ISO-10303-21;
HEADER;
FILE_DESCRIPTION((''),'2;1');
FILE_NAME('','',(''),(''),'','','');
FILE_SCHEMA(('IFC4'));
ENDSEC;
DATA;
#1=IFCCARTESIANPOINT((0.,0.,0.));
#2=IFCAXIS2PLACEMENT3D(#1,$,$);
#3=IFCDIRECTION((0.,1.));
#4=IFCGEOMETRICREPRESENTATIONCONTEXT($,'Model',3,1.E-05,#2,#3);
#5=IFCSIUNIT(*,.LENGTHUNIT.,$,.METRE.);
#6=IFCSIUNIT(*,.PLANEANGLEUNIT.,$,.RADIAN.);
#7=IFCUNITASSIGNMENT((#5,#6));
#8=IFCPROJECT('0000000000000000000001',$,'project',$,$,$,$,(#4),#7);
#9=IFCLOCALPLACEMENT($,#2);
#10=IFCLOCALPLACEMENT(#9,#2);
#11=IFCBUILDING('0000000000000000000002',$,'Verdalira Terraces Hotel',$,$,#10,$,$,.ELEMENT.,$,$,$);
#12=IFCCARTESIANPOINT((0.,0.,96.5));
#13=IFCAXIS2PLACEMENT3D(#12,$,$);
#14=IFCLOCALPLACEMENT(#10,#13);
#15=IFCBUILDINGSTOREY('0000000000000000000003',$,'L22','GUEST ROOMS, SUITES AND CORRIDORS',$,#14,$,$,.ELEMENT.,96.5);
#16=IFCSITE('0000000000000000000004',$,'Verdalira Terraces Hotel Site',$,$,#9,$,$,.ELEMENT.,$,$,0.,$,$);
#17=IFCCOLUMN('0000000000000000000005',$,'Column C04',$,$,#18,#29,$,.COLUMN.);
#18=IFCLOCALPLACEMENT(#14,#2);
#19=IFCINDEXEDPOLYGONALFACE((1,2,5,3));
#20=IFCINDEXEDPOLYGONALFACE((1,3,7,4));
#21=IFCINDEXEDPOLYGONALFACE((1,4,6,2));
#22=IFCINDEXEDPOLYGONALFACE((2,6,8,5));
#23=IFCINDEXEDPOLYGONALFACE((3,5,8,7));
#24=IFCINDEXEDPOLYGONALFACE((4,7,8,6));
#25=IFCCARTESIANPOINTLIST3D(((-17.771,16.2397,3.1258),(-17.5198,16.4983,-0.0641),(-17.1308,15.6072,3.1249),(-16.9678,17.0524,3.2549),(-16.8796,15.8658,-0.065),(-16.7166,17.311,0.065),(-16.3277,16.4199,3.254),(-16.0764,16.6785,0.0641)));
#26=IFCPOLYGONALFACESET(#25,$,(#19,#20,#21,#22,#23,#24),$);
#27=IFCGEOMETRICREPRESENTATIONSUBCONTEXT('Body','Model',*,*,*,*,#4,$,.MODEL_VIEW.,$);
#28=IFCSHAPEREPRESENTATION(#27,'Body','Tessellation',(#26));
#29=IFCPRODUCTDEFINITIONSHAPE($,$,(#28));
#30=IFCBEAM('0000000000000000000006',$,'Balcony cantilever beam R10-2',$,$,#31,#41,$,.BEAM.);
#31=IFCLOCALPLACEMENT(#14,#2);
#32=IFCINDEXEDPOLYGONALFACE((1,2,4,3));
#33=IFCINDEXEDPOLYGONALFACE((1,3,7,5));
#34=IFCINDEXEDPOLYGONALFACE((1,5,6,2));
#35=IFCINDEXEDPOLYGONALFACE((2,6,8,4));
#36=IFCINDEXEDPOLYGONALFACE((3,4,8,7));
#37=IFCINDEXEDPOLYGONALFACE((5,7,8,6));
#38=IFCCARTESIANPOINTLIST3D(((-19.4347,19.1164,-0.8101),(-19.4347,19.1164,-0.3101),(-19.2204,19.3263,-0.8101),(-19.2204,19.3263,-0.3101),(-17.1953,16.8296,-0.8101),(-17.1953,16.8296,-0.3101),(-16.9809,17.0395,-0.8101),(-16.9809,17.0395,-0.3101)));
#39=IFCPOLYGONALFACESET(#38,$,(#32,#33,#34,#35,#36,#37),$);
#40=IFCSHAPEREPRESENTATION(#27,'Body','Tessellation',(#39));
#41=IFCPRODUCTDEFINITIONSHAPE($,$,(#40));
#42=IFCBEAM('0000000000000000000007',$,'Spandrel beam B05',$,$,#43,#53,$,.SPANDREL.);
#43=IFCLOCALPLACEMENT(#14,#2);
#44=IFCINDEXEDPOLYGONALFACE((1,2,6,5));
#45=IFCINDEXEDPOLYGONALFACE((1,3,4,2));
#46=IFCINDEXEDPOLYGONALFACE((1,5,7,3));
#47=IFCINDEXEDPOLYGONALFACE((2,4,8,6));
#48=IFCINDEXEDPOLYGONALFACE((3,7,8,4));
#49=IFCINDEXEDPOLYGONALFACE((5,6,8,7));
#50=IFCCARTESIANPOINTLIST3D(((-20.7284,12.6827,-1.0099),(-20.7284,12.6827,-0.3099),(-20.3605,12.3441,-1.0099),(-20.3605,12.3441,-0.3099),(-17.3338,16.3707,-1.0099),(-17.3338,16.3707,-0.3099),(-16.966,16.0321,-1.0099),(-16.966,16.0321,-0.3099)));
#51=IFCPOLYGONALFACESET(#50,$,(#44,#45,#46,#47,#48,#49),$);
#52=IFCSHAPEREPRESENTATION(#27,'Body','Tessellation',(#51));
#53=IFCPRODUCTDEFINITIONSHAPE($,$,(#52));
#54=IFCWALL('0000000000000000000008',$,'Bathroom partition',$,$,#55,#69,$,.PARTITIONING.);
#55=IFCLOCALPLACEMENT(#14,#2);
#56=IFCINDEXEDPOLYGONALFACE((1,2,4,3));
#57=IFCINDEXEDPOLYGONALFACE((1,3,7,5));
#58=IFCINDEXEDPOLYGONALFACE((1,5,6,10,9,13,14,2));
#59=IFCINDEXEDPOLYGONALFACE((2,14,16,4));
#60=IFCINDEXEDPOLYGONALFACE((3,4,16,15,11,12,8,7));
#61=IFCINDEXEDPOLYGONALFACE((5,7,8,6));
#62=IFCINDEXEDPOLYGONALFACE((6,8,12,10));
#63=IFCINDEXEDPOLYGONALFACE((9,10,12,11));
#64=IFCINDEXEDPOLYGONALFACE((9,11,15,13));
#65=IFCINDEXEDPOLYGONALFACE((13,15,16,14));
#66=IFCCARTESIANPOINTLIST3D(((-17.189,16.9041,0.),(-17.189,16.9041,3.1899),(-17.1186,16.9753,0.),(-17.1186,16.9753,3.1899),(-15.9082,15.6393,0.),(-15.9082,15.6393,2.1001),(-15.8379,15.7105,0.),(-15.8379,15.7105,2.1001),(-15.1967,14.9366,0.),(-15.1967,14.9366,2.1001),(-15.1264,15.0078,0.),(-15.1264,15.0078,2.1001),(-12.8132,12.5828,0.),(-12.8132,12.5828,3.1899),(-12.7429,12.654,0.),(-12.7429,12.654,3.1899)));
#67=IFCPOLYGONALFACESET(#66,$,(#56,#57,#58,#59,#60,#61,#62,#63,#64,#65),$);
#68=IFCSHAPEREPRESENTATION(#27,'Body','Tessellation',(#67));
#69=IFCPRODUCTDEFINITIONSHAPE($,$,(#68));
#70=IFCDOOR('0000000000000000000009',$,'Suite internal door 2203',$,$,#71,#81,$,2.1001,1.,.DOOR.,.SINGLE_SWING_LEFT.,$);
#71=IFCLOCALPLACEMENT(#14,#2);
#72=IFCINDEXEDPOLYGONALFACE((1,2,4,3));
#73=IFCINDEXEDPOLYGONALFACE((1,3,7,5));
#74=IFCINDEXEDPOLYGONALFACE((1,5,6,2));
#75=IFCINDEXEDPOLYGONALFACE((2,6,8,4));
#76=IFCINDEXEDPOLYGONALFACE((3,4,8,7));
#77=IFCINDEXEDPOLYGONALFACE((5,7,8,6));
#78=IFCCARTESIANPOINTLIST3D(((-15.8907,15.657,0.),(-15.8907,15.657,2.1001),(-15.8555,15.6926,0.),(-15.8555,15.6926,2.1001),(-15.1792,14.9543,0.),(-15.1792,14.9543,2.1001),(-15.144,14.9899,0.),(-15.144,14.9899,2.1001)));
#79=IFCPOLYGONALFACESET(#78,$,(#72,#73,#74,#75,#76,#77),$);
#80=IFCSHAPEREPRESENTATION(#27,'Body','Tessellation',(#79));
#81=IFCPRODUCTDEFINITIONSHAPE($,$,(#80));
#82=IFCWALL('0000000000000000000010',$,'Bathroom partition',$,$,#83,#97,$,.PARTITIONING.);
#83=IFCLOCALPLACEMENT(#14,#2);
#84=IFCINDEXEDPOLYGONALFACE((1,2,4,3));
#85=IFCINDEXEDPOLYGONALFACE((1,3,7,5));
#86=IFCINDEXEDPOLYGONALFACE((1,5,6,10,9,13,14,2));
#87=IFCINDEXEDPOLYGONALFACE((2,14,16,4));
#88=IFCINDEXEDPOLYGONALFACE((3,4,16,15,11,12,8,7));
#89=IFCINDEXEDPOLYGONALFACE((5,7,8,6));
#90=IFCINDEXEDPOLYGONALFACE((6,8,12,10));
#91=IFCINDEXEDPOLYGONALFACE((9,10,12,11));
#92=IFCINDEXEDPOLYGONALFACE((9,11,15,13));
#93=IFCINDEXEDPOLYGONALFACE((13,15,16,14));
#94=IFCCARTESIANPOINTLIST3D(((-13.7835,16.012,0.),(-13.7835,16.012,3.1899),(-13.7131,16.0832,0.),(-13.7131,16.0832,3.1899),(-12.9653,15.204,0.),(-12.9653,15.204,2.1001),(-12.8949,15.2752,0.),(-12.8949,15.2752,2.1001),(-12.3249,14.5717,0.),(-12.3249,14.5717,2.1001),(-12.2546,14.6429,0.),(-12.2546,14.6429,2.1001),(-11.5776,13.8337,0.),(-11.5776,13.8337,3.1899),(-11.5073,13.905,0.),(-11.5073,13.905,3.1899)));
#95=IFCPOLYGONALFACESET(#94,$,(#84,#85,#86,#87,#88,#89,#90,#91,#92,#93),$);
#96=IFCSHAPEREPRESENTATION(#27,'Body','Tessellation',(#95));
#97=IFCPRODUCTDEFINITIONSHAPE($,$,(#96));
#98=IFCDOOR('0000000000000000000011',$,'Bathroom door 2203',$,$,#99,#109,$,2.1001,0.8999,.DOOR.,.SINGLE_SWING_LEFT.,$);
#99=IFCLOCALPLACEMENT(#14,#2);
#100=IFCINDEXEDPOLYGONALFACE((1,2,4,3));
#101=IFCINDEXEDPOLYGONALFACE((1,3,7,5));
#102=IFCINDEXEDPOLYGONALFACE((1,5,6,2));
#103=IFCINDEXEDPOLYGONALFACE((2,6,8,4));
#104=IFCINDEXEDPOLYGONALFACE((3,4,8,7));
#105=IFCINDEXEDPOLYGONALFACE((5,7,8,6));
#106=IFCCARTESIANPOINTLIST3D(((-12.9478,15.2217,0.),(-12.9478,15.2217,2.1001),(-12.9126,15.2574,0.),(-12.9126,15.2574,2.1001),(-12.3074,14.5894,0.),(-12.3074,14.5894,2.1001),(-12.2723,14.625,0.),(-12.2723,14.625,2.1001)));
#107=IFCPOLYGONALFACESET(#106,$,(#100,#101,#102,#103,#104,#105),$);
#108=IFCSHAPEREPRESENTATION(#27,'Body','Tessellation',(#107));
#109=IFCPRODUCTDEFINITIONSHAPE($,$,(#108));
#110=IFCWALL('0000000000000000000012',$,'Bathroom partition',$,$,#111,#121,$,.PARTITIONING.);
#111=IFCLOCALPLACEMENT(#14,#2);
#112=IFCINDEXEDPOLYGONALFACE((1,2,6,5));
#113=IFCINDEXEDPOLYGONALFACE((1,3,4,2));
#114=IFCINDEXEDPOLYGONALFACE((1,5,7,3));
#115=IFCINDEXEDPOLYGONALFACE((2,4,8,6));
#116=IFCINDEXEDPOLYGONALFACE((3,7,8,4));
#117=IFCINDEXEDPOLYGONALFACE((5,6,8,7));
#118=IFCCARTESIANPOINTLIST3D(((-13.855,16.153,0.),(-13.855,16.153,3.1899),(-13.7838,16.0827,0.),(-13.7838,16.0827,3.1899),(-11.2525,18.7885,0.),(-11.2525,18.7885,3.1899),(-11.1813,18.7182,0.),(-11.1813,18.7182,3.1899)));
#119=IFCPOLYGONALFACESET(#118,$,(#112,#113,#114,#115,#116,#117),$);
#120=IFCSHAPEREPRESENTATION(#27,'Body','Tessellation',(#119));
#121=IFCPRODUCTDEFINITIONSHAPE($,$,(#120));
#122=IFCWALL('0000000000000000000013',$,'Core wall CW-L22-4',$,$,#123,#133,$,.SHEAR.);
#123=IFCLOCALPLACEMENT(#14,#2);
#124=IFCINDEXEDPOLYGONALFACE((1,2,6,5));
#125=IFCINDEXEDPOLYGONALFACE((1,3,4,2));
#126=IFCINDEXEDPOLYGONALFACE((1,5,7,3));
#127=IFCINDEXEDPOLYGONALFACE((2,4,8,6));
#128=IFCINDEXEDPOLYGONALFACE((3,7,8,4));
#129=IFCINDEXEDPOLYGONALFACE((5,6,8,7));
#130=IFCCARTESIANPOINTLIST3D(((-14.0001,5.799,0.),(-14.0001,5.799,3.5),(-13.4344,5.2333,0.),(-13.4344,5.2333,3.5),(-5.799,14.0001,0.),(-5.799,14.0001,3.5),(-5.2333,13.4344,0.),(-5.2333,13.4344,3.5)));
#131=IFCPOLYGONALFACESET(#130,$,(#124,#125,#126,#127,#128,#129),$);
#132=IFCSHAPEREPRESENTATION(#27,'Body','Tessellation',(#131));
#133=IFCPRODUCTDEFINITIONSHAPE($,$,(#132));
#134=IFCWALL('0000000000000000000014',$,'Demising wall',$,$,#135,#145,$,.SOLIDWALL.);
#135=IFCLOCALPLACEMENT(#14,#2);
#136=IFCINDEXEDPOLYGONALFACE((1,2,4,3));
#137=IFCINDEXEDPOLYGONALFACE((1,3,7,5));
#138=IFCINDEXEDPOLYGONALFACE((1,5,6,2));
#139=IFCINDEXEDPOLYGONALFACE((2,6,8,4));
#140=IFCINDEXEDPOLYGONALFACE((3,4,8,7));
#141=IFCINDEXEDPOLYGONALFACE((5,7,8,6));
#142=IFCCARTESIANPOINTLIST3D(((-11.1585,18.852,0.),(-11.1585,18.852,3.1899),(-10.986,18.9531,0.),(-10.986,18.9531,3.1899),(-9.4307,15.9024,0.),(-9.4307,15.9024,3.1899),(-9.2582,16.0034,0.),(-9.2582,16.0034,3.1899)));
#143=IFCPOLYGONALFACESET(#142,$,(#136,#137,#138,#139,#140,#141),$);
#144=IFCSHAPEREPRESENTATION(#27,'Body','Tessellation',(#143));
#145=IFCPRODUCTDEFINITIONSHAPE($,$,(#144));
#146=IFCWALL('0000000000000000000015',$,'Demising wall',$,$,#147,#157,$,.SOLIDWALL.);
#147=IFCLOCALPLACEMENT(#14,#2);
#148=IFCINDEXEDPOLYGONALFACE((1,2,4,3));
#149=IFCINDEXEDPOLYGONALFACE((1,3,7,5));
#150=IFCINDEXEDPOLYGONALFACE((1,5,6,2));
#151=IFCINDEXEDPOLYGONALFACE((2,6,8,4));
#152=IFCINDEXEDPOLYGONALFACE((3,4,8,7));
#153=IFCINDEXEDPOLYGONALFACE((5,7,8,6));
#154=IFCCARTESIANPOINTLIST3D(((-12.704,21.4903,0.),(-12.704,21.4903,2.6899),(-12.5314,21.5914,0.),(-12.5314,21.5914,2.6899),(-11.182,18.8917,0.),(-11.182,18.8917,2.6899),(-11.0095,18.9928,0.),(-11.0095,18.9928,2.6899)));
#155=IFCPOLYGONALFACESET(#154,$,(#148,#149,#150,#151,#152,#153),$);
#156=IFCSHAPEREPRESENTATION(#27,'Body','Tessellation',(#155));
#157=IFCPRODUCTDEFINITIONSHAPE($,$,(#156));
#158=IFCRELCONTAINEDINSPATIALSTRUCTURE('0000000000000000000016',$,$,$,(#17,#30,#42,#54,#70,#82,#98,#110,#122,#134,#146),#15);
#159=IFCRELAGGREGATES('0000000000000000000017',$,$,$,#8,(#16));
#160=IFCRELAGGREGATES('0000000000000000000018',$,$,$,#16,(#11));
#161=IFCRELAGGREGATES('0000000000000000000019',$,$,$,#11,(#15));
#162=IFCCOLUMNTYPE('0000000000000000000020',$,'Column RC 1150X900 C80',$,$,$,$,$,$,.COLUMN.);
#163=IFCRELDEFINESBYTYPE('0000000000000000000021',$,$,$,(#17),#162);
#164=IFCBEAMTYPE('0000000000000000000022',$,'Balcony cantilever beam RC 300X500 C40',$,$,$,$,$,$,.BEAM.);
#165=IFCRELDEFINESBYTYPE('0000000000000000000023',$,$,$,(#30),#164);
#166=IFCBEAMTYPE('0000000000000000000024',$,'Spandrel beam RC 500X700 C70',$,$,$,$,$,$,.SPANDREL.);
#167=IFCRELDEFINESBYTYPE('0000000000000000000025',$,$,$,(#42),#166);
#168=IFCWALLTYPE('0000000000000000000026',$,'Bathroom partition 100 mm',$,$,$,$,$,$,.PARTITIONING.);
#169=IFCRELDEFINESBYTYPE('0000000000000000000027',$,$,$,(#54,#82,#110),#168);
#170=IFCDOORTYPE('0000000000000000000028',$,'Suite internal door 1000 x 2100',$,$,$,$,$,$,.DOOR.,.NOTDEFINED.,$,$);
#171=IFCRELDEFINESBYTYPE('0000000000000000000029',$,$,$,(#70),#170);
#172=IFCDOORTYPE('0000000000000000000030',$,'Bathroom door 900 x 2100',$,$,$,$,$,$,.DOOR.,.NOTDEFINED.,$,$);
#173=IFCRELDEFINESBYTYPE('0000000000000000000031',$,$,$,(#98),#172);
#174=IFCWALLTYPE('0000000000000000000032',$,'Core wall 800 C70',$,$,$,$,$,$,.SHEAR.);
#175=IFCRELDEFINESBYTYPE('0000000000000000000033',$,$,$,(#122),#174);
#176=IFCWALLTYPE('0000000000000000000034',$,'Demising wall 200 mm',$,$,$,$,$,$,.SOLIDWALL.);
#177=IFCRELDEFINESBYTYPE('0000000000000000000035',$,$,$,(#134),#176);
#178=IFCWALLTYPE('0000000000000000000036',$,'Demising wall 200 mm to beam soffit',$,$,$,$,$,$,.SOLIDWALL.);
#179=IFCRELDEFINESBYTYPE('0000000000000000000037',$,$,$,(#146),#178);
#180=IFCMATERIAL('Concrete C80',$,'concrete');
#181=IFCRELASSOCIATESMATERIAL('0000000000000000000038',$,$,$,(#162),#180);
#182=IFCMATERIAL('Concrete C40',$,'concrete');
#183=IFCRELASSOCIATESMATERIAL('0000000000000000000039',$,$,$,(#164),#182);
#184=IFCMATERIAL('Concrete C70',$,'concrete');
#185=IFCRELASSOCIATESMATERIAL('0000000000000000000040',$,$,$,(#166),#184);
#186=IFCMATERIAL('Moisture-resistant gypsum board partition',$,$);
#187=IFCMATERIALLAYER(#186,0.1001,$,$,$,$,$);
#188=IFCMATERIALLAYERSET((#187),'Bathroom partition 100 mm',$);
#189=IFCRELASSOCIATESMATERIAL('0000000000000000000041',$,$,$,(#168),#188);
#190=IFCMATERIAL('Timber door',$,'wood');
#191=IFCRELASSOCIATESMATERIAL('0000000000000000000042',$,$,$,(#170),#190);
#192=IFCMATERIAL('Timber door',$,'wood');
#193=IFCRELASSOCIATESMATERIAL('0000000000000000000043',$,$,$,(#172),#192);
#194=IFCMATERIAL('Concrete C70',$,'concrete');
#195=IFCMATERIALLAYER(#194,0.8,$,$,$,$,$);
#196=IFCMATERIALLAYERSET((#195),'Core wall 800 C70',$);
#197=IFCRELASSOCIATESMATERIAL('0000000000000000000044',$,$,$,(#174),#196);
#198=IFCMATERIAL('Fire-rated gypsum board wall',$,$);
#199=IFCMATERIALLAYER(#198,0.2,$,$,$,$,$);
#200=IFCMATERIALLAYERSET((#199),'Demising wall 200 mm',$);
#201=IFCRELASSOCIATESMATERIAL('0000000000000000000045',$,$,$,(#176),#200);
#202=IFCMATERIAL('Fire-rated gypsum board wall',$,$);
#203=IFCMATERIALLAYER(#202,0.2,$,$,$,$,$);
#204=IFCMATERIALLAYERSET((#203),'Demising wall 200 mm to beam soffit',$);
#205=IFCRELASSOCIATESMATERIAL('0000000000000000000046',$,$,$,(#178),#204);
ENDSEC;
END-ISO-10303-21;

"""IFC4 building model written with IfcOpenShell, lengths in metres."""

from ifc_helpers import new_model, si_unit, direction, frame, frame_2d, origin, origin_2d, place, context, subcontext, project, spatial, rectangle, extrude, material, layer, layer_set, material_profile, profile_set, type_object, element, fill, save


model = new_model("IFC4")

# Units and contexts
model_context = context("Model", 3, precision=1e-05, world=origin(), true_north=direction((0.0, 1.0)))
body_context = subcontext(model_context, "Body", "Model", "MODEL_VIEW")
ifc_project = project(units=[si_unit("LENGTHUNIT", "METRE"), si_unit("PLANEANGLEUNIT", "RADIAN")], contexts=[model_context])

# Site, building, storey
site_placement = place(None, origin())
site = spatial("IfcSite", under=ifc_project, at=site_placement, Name="Verdalira Terraces Hotel Site", CompositionType="ELEMENT", RefElevation=0.0)
building_placement = place(site_placement, origin())
building = spatial("IfcBuilding", under=site, at=building_placement, Name="Verdalira Terraces Hotel", CompositionType="ELEMENT")
storey_placement = place(building_placement, frame((0.0, 0.0, 96.5)))
storey = spatial("IfcBuildingStorey", under=building, at=storey_placement, Name="L22", Description="GUEST ROOMS, SUITES AND CORRIDORS", CompositionType="ELEMENT", Elevation=96.5)

# Column
ifc_material_1 = material(Name="Concrete C80", Category="concrete")
ifc_material_profile_1 = material_profile(ifc_material_1, rectangle(XDim=1.1499, YDim=0.8999, at=origin_2d()), Name="RC 1150X900")
ifc_profile_set_1 = profile_set([ifc_material_profile_1], Name="Concrete C80")
column_type = type_object("IfcColumnType", Name="Column RC 1150X900 C80", PredefinedType="COLUMN", material=ifc_profile_set_1)
column_placement = place(storey_placement, frame((-16.7981, 16.5884, 0.0), z_axis=(-0.078256, -0.080537, 0.993675), x_axis=(-0.69849, -0.706755, -0.112291)))
element("IfcColumn", 1, at=column_placement, inside=storey, type_object=column_type, Name="Column C04", PredefinedType="COLUMN", context=body_context, shape_type="SweptSolid", body=[
    extrude(rectangle(XDim=1.1499, YDim=0.8999, at=origin_2d()), origin(), (0.0, 0.0, 1.0), 3.2102),
])

# Beams
ifc_material_2 = material(Name="Concrete C40", Category="concrete")
ifc_material_profile_2 = material_profile(ifc_material_2, rectangle(XDim=0.3, YDim=0.5, at=origin_2d()), Name="RC 300X500")
ifc_profile_set_2 = profile_set([ifc_material_profile_2], Name="Concrete C40")
beam_type_1 = type_object("IfcBeamType", Name="Balcony cantilever beam RC 300X500 C40", PredefinedType="BEAM", material=ifc_profile_set_2)
beam_1_placement = place(storey_placement, frame((-17.0881, 16.9346, -0.5601), z_axis=(-0.699669, 0.714467, 0.0), x_axis=(-0.714467, -0.699669, 0.0)))
element("IfcBeam", 2, at=beam_1_placement, inside=storey, type_object=beam_type_1, Name="Balcony cantilever beam R10-2", PredefinedType="BEAM", context=body_context, shape_type="SweptSolid", body=[
    extrude(rectangle(XDim=0.3, YDim=0.5, at=origin_2d()), origin(), (0.0, 0.0, 1.0), 3.2007),
])
ifc_material_3 = material(Name="Concrete C70", Category="concrete")
ifc_material_profile_3 = material_profile(ifc_material_3, rectangle(XDim=0.5, YDim=0.7, at=origin_2d()), Name="RC 500X700")
ifc_profile_set_3 = profile_set([ifc_material_profile_3], Name="Concrete C70")
beam_type_2 = type_object("IfcBeamType", Name="Spandrel beam RC 500X700 C70", PredefinedType="SPANDREL", material=ifc_profile_set_3)
beam_2_placement = place(storey_placement, frame((-17.1499, 16.2014, -0.6599), z_axis=(-0.677227, -0.735774, 0.0), x_axis=(0.735774, -0.677227, 0.0)))
element("IfcBeam", 3, at=beam_2_placement, inside=storey, type_object=beam_type_2, Name="Spandrel beam B05", PredefinedType="SPANDREL", context=body_context, shape_type="SweptSolid", body=[
    extrude(rectangle(XDim=0.5, YDim=0.7, at=origin_2d()), origin(), (0.0, 0.0, 1.0), 5.0125),
])

# Walls, openings, doors
ifc_material_4 = material(Name="Moisture-resistant gypsum board partition")
ifc_layer_1 = layer(ifc_material_4, 0.1001)
ifc_layer_set_1 = layer_set([ifc_layer_1], Name="Bathroom partition 100 mm")
wall_type_1 = type_object("IfcWallType", Name="Bathroom partition 100 mm", PredefinedType="PARTITIONING", material=ifc_layer_set_1)
wall_1_placement = place(storey_placement, frame((-17.1538, 16.9397, 0.0), z_axis=(0.0, 0.0, 1.0), x_axis=(0.711519, -0.702667, 0.0)))
wall_1 = element("IfcWall", 4, at=wall_1_placement, inside=storey, type_object=wall_type_1, Name="Bathroom partition", PredefinedType="PARTITIONING", context=body_context, shape_type="SweptSolid", body=[
    extrude(rectangle(XDim=6.1499, YDim=0.1001, at=frame_2d((3.075, 0.0))), origin(), (0.0, 0.0, 1.0), 3.1899),
])
opening_1_placement = place(wall_1_placement, frame((1.8, 0.0, 0.0)))
opening_1 = element("IfcOpeningElement", 5, at=opening_1_placement, cuts=wall_1, PredefinedType="OPENING", context=body_context, shape_type="SweptSolid", body=[
    extrude(rectangle(XDim=1.0, YDim=2.1001, at=frame_2d((0.5, 1.05))), frame((0.0, 0.0601, 0.0), z_axis=(0.0, -1.0, 0.0), x_axis=(1.0, 0.0, 0.0)), (0.0, 0.0, 1.0), 0.1201),
])
ifc_material_5 = material(Name="Timber door", Category="wood")
door_type_1 = type_object("IfcDoorType", Name="Suite internal door 1000 x 2100", OperationType="NOTDEFINED", PredefinedType="DOOR", material=ifc_material_5)
door_1_placement = place(opening_1_placement, origin())
door_1 = element("IfcDoor", 6, at=door_1_placement, inside=storey, type_object=door_type_1, Name="Suite internal door 2203", OperationType="SINGLE_SWING_LEFT", OverallHeight=2.1001, OverallWidth=1.0, PredefinedType="DOOR", context=body_context, shape_type="SweptSolid", body=[
    extrude(rectangle(XDim=1.0, YDim=2.1001, at=frame_2d((0.5, 1.05))), frame((0.0, 0.0249, 0.0), z_axis=(0.0, -1.0, 0.0), x_axis=(1.0, 0.0, 0.0)), (0.0, 0.0, 1.0), 0.05),
])
fill(opening_1, door_1)
wall_2_placement = place(storey_placement, frame((-13.7483, 16.0476, 0.0), z_axis=(0.0, 0.0, 1.0), x_axis=(0.711542, -0.702643, 0.0)))
wall_2 = element("IfcWall", 7, at=wall_2_placement, inside=storey, type_object=wall_type_1, Name="Bathroom partition", PredefinedType="PARTITIONING", context=body_context, shape_type="SweptSolid", body=[
    extrude(rectangle(XDim=3.1001, YDim=0.1001, at=frame_2d((1.55, 0.0))), origin(), (0.0, 0.0, 1.0), 3.1899),
])
opening_2_placement = place(wall_2_placement, frame((1.1499, 0.0, 0.0)))
opening_2 = element("IfcOpeningElement", 8, at=opening_2_placement, cuts=wall_2, PredefinedType="OPENING", context=body_context, shape_type="SweptSolid", body=[
    extrude(rectangle(XDim=0.8999, YDim=2.1001, at=frame_2d((0.45, 1.05))), frame((0.0, 0.0601, 0.0), z_axis=(0.0, -1.0, 0.0), x_axis=(1.0, 0.0, 0.0)), (0.0, 0.0, 1.0), 0.1201),
])
ifc_material_6 = material(Name="Timber door", Category="wood")
door_type_2 = type_object("IfcDoorType", Name="Bathroom door 900 x 2100", OperationType="NOTDEFINED", PredefinedType="DOOR", material=ifc_material_6)
door_2_placement = place(opening_2_placement, origin())
door_2 = element("IfcDoor", 9, at=door_2_placement, inside=storey, type_object=door_type_2, Name="Bathroom door 2203", OperationType="SINGLE_SWING_LEFT", OverallHeight=2.1001, OverallWidth=0.8999, PredefinedType="DOOR", context=body_context, shape_type="SweptSolid", body=[
    extrude(rectangle(XDim=0.8999, YDim=2.1001, at=frame_2d((0.45, 1.05))), frame((0.0, 0.0249, 0.0), z_axis=(0.0, -1.0, 0.0), x_axis=(1.0, 0.0, 0.0)), (0.0, 0.0, 1.0), 0.05),
])
fill(opening_2, door_2)

# Walls
wall_3_placement = place(storey_placement, frame((-11.2168, 18.7534, 0.0), z_axis=(0.0, 0.0, 1.0), x_axis=(-0.702644, -0.711542, 0.0)))
element("IfcWall", 10, at=wall_3_placement, inside=storey, type_object=wall_type_1, Name="Bathroom partition", PredefinedType="PARTITIONING", context=body_context, shape_type="SweptSolid", body=[
    extrude(rectangle(XDim=3.7039, YDim=0.1001, at=frame_2d((1.8521, 0.0))), origin(), (0.0, 0.0, 1.0), 3.1899),
])
ifc_material_7 = material(Name="Concrete C70", Category="concrete")
ifc_layer_2 = layer(ifc_material_7, 0.8)
ifc_layer_set_2 = layer_set([ifc_layer_2], Name="Core wall 800 C70")
wall_type_2 = type_object("IfcWallType", Name="Core wall 800 C70", PredefinedType="SHEAR", material=ifc_layer_set_2)
wall_4_placement = place(storey_placement, frame((-5.5161, 13.7173, 0.0), z_axis=(0.0, 0.0, 1.0), x_axis=(-0.707107, -0.707107, 0.0)))
element("IfcWall", 11, at=wall_4_placement, inside=storey, type_object=wall_type_2, Name="Core wall CW-L22-4", PredefinedType="SHEAR", context=body_context, shape_type="SweptSolid", body=[
    extrude(rectangle(XDim=11.5981, YDim=0.8, at=frame_2d((5.7991, 0.0))), origin(), (0.0, 0.0, 1.0), 3.5),
])
ifc_material_8 = material(Name="Fire-rated gypsum board wall")
ifc_layer_3 = layer(ifc_material_8, 0.2)
ifc_layer_set_3 = layer_set([ifc_layer_3], Name="Demising wall 200 mm")
wall_type_3 = type_object("IfcWallType", Name="Demising wall 200 mm", PredefinedType="SOLIDWALL", material=ifc_layer_set_3)
wall_5_placement = place(storey_placement, frame((-9.3445, 15.9529, 0.0), z_axis=(0.0, 0.0, 1.0), x_axis=(-0.505424, 0.862871, 0.0)))
element("IfcWall", 12, at=wall_5_placement, inside=storey, type_object=wall_type_3, Name="Demising wall", PredefinedType="SOLIDWALL", context=body_context, shape_type="SweptSolid", body=[
    extrude(rectangle(XDim=3.4185, YDim=0.2, at=frame_2d((1.7092, 0.0))), origin(), (0.0, 0.0, 1.0), 3.1899),
])
ifc_material_9 = material(Name="Fire-rated gypsum board wall")
ifc_layer_4 = layer(ifc_material_9, 0.2)
ifc_layer_set_4 = layer_set([ifc_layer_4], Name="Demising wall 200 mm to beam soffit")
wall_type_4 = type_object("IfcWallType", Name="Demising wall 200 mm to beam soffit", PredefinedType="SOLIDWALL", material=ifc_layer_set_4)
wall_6_placement = place(storey_placement, frame((-11.0957, 18.9421, 0.0), z_axis=(0.0, 0.0, 1.0), x_axis=(-0.505382, 0.862895, 0.0)))
element("IfcWall", 13, at=wall_6_placement, inside=storey, type_object=wall_type_4, Name="Demising wall", PredefinedType="SOLIDWALL", context=body_context, shape_type="SweptSolid", body=[
    extrude(rectangle(XDim=3.0115, YDim=0.2, at=frame_2d((1.5059, 0.0))), origin(), (0.0, 0.0, 1.0), 2.6899),
])

save(model, "model.ifc")
